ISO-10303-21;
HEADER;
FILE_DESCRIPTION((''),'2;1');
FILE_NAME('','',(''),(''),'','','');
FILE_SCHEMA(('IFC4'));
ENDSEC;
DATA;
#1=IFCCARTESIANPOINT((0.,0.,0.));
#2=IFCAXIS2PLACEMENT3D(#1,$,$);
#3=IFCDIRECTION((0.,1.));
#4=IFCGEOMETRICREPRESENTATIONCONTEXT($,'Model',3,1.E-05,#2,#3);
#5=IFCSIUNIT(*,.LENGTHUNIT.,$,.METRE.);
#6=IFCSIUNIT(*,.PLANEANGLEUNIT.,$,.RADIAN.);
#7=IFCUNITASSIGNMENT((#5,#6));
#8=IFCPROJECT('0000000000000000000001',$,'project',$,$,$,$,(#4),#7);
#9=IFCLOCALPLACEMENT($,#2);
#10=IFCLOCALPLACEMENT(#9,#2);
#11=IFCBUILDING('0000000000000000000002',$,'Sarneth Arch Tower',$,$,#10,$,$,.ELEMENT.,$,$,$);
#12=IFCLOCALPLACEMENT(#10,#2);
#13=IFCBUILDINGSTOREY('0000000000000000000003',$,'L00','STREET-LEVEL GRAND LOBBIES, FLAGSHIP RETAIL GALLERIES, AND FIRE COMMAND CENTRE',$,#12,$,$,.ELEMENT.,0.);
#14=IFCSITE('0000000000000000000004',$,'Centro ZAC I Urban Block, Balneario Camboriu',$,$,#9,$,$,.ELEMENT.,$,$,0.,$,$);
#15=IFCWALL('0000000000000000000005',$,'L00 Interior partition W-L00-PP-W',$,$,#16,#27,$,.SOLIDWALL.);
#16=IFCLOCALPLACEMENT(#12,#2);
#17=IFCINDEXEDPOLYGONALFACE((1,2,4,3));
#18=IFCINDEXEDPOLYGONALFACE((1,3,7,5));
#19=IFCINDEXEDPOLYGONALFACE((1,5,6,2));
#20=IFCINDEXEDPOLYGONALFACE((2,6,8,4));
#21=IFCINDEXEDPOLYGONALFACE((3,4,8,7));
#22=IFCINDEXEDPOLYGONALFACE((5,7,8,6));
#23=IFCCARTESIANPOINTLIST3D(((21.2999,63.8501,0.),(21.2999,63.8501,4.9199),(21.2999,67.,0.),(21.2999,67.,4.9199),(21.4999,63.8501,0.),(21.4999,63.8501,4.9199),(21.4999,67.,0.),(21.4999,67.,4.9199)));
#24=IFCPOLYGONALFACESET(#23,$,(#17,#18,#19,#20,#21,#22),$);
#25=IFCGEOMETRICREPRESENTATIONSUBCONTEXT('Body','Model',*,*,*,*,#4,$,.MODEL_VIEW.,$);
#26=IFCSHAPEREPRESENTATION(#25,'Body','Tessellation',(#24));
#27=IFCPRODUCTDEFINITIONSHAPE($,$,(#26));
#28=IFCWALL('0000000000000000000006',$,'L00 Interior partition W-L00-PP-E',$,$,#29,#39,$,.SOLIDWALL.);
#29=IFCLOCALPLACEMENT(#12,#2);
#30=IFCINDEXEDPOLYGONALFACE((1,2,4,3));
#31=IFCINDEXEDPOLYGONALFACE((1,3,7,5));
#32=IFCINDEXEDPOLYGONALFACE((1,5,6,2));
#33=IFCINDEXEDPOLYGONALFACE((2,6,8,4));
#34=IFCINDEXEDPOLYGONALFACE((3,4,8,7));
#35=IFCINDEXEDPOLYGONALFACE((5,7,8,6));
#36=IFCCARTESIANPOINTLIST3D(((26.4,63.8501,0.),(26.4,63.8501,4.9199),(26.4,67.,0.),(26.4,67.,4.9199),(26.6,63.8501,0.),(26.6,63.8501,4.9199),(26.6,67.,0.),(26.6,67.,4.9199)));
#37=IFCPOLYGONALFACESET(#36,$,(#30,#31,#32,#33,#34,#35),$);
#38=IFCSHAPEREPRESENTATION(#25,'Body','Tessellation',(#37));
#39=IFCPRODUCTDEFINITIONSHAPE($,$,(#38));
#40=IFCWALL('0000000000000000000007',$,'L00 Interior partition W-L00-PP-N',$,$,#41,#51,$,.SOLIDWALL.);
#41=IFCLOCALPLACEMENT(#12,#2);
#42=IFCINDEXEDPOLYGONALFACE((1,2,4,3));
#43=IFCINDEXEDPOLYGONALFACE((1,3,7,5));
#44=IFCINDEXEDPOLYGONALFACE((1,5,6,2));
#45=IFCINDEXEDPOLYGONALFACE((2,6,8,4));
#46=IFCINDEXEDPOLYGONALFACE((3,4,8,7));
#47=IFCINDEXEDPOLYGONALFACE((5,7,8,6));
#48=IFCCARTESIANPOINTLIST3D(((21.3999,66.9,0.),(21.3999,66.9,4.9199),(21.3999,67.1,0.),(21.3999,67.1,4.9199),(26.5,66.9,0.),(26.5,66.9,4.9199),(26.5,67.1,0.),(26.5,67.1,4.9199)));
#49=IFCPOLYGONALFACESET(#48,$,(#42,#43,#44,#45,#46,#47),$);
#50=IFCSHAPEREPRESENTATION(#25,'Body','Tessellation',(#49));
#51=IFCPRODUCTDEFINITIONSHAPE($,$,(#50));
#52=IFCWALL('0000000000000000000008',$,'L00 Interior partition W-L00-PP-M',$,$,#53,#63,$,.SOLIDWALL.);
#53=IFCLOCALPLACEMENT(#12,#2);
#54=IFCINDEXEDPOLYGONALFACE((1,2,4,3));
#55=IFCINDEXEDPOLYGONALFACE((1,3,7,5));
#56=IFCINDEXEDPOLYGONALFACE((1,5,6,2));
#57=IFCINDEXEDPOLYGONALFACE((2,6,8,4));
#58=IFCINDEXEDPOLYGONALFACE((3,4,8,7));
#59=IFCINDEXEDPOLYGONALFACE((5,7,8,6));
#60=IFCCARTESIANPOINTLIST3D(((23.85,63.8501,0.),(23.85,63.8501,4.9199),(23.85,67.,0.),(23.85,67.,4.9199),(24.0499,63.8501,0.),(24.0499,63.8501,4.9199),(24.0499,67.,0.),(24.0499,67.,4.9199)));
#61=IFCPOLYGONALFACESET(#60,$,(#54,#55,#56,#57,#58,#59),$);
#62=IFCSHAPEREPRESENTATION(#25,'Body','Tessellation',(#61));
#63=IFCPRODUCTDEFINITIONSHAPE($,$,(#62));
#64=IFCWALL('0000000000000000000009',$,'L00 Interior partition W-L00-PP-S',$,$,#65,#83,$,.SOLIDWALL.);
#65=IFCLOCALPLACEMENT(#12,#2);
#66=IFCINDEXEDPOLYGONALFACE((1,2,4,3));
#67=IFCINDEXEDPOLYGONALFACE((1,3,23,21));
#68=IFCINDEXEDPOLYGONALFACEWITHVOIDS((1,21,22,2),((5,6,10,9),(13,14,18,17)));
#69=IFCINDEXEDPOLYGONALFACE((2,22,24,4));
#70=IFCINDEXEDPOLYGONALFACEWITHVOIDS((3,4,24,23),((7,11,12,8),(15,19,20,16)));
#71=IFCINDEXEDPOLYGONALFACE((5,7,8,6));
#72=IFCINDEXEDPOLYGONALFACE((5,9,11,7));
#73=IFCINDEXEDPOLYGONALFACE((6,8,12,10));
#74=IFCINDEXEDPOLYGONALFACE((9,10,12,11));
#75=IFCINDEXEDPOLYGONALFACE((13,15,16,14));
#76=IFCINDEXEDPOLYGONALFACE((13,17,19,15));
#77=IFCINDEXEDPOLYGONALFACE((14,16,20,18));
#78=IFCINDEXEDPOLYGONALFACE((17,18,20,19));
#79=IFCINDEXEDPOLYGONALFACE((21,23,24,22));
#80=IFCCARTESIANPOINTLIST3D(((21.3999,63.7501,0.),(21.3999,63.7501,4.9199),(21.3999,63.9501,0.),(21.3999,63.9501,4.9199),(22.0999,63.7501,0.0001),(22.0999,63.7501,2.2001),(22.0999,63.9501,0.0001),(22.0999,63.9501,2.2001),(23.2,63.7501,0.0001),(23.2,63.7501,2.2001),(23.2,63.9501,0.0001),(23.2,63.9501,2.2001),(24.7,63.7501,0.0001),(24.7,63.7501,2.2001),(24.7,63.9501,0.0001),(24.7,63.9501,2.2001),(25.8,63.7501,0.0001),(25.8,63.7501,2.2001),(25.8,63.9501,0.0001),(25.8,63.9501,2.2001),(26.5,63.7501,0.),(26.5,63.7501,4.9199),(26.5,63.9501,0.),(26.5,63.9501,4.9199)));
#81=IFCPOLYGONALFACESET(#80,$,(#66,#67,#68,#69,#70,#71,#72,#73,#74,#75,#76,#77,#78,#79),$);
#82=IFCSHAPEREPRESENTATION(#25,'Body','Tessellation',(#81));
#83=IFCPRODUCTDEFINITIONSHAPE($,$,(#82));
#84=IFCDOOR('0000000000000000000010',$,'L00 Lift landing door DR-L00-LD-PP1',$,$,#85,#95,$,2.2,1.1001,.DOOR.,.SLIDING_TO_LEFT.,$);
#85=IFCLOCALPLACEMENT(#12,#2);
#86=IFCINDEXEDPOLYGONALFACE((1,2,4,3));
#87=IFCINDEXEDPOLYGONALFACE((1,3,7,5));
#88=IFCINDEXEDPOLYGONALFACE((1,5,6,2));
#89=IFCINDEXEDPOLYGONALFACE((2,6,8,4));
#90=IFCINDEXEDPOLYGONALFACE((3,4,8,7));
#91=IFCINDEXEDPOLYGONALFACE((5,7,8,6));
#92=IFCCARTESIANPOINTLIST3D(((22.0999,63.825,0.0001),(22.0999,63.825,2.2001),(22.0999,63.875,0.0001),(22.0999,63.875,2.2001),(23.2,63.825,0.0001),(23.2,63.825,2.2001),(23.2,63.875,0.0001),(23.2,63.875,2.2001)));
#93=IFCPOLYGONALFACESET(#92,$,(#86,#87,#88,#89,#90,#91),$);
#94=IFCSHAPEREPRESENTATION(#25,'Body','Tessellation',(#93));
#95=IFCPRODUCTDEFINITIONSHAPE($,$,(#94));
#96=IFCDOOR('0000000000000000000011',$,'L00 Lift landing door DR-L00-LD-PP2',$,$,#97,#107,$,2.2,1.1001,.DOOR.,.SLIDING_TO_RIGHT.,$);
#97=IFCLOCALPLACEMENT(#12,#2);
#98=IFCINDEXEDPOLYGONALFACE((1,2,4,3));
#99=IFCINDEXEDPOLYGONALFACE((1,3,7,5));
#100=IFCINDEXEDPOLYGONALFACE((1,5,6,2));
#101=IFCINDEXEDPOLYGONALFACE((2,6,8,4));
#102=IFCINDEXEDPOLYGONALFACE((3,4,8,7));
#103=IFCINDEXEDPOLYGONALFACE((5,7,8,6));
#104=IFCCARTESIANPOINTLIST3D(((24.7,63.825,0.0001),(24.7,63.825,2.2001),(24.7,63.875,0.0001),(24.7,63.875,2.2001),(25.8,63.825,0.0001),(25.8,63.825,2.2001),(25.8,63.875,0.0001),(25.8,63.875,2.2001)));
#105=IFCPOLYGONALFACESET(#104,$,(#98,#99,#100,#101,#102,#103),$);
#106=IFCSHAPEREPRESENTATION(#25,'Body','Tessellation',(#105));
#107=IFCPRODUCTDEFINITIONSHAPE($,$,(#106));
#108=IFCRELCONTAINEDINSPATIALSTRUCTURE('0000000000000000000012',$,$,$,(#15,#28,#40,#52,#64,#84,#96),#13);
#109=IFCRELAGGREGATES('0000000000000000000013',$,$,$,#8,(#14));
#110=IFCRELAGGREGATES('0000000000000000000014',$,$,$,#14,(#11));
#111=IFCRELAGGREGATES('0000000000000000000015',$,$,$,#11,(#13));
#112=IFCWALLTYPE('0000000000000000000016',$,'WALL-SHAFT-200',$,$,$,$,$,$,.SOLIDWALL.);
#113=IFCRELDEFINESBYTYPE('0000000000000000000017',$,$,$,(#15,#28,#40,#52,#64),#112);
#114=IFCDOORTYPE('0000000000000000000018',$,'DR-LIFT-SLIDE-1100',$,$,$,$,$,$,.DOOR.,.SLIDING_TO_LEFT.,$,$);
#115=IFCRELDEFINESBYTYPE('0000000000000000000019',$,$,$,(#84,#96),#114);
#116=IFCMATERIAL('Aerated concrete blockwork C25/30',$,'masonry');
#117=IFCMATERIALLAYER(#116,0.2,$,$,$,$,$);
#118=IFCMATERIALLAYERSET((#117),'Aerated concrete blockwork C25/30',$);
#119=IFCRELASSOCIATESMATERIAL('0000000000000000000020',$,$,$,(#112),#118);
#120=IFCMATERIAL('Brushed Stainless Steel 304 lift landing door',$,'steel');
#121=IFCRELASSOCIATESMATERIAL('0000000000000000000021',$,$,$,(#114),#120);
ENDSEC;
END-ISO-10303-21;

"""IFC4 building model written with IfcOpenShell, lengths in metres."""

from ifc_helpers import new_model, si_unit, direction, frame, frame_2d, origin, place, context, subcontext, project, spatial, rectangle, extrude, material, layer, layer_set, type_object, element, fill, save


model = new_model("IFC4")

# Units and contexts
model_context = context("Model", 3, precision=1e-05, world=origin(), true_north=direction((0.0, 1.0)))
body_context = subcontext(model_context, "Body", "Model", "MODEL_VIEW")
ifc_project = project(units=[si_unit("LENGTHUNIT", "METRE"), si_unit("PLANEANGLEUNIT", "RADIAN")], contexts=[model_context])

# Site, building, storey
site_placement = place(None, origin())
site = spatial("IfcSite", under=ifc_project, at=site_placement, Name="Centro ZAC I Urban Block, Balneario Camboriu", CompositionType="ELEMENT", RefElevation=0.0)
building_placement = place(site_placement, origin())
building = spatial("IfcBuilding", under=site, at=building_placement, Name="Sarneth Arch Tower", CompositionType="ELEMENT")
storey_placement = place(building_placement, origin())
storey = spatial("IfcBuildingStorey", under=building, at=storey_placement, Name="L00", Description="STREET-LEVEL GRAND LOBBIES, FLAGSHIP RETAIL GALLERIES, AND FIRE COMMAND CENTRE", CompositionType="ELEMENT", Elevation=0.0)

# Walls
ifc_material_1 = material(Name="Aerated concrete blockwork C25/30", Category="masonry")
ifc_layer_1 = layer(ifc_material_1, 0.2)
ifc_layer_set_1 = layer_set([ifc_layer_1], Name="Aerated concrete blockwork C25/30")
wall_type_1 = type_object("IfcWallType", Name="WALL-SHAFT-200", PredefinedType="SOLIDWALL", material=ifc_layer_set_1)
for number, where, z_axis, x_axis, name in (
    (1, (21.3999, 63.8501, 0.0), (0.0, 0.0, 1.0), (0.0, 1.0, 0.0), "L00 Interior partition W-L00-PP-W"),
    (2, (26.5, 63.8501, 0.0), (0.0, 0.0, 1.0), (0.0, 1.0, 0.0), "L00 Interior partition W-L00-PP-E"),
):
    element("IfcWall", number, at=place(storey_placement, frame(where, z_axis=z_axis, x_axis=x_axis)), inside=storey, type_object=wall_type_1, Name=name, PredefinedType="SOLIDWALL", context=body_context, shape_type="SweptSolid", body=[
        extrude(rectangle(XDim=3.1499, YDim=0.2, at=frame_2d((1.575, 0.0))), origin(), (0.0, 0.0, 1.0), 4.9199),
    ])
wall_1_placement = place(storey_placement, frame((21.3999, 67.0, 0.0), z_axis=(0.0, 0.0, 1.0), x_axis=(1.0, 0.0, 0.0)))
element("IfcWall", 3, at=wall_1_placement, inside=storey, type_object=wall_type_1, Name="L00 Interior partition W-L00-PP-N", PredefinedType="SOLIDWALL", context=body_context, shape_type="SweptSolid", body=[
    extrude(rectangle(XDim=5.1001, YDim=0.2, at=frame_2d((2.55, 0.0))), origin(), (0.0, 0.0, 1.0), 4.9199),
])
wall_2_placement = place(storey_placement, frame((23.95, 63.8501, 0.0), z_axis=(0.0, 0.0, 1.0), x_axis=(0.0, 1.0, 0.0)))
element("IfcWall", 4, at=wall_2_placement, inside=storey, type_object=wall_type_1, Name="L00 Interior partition W-L00-PP-M", PredefinedType="SOLIDWALL", context=body_context, shape_type="SweptSolid", body=[
    extrude(rectangle(XDim=3.1499, YDim=0.2, at=frame_2d((1.575, 0.0))), origin(), (0.0, 0.0, 1.0), 4.9199),
])

# Wall, openings, doors
wall_3_placement = place(storey_placement, frame((21.3999, 63.8501, 0.0), z_axis=(0.0, 0.0, 1.0), x_axis=(1.0, 0.0, 0.0)))
wall_3 = element("IfcWall", 5, at=wall_3_placement, inside=storey, type_object=wall_type_1, Name="L00 Interior partition W-L00-PP-S", PredefinedType="SOLIDWALL", context=body_context, shape_type="SweptSolid", body=[
    extrude(rectangle(XDim=5.1001, YDim=0.2, at=frame_2d((2.55, 0.0))), origin(), (0.0, 0.0, 1.0), 4.9199),
])
opening_1_placement = place(wall_3_placement, frame((0.7, 0.0, 0.0)))
opening_1 = element("IfcOpeningElement", 6, at=opening_1_placement, cuts=wall_3, PredefinedType="OPENING", context=body_context, shape_type="SweptSolid", body=[
    extrude(rectangle(XDim=1.1001, YDim=2.2, at=frame_2d((0.55, 1.1001))), frame((0.0, 0.1099, 0.0), z_axis=(0.0, -1.0, 0.0), x_axis=(1.0, 0.0, 0.0)), (0.0, 0.0, 1.0), 0.22),
])
opening_2_placement = place(wall_3_placement, frame((3.3, 0.0, 0.0)))
opening_2 = element("IfcOpeningElement", 7, at=opening_2_placement, cuts=wall_3, PredefinedType="OPENING", context=body_context, shape_type="SweptSolid", body=[
    extrude(rectangle(XDim=1.1001, YDim=2.2, at=frame_2d((0.55, 1.1001))), frame((0.0, 0.1099, 0.0), z_axis=(0.0, -1.0, 0.0), x_axis=(1.0, 0.0, 0.0)), (0.0, 0.0, 1.0), 0.22),
])
ifc_material_2 = material(Name="Brushed Stainless Steel 304 lift landing door", Category="steel")
door_type_1 = type_object("IfcDoorType", Name="DR-LIFT-SLIDE-1100", OperationType="SLIDING_TO_LEFT", PredefinedType="DOOR", material=ifc_material_2)
door_1_placement = place(opening_1_placement, origin())
door_1 = element("IfcDoor", 8, at=door_1_placement, inside=storey, type_object=door_type_1, Name="L00 Lift landing door DR-L00-LD-PP1", OperationType="SLIDING_TO_LEFT", OverallHeight=2.2, OverallWidth=1.1001, PredefinedType="DOOR", context=body_context, shape_type="SweptSolid", body=[
    extrude(rectangle(XDim=1.1001, YDim=2.2, at=frame_2d((0.55, 1.1001))), frame((0.0, 0.0249, 0.0), z_axis=(0.0, -1.0, 0.0), x_axis=(1.0, 0.0, 0.0)), (0.0, 0.0, 1.0), 0.05),
])
fill(opening_1, door_1)
door_2_placement = place(opening_2_placement, origin())
door_2 = element("IfcDoor", 9, at=door_2_placement, inside=storey, type_object=door_type_1, Name="L00 Lift landing door DR-L00-LD-PP2", OperationType="SLIDING_TO_RIGHT", OverallHeight=2.2, OverallWidth=1.1001, PredefinedType="DOOR", context=body_context, shape_type="SweptSolid", body=[
    extrude(rectangle(XDim=1.1001, YDim=2.2, at=frame_2d((0.55, 1.1001))), frame((0.0, 0.0249, 0.0), z_axis=(0.0, -1.0, 0.0), x_axis=(1.0, 0.0, 0.0)), (0.0, 0.0, 1.0), 0.05),
])
fill(opening_2, door_2)

save(model, "model.ifc")
